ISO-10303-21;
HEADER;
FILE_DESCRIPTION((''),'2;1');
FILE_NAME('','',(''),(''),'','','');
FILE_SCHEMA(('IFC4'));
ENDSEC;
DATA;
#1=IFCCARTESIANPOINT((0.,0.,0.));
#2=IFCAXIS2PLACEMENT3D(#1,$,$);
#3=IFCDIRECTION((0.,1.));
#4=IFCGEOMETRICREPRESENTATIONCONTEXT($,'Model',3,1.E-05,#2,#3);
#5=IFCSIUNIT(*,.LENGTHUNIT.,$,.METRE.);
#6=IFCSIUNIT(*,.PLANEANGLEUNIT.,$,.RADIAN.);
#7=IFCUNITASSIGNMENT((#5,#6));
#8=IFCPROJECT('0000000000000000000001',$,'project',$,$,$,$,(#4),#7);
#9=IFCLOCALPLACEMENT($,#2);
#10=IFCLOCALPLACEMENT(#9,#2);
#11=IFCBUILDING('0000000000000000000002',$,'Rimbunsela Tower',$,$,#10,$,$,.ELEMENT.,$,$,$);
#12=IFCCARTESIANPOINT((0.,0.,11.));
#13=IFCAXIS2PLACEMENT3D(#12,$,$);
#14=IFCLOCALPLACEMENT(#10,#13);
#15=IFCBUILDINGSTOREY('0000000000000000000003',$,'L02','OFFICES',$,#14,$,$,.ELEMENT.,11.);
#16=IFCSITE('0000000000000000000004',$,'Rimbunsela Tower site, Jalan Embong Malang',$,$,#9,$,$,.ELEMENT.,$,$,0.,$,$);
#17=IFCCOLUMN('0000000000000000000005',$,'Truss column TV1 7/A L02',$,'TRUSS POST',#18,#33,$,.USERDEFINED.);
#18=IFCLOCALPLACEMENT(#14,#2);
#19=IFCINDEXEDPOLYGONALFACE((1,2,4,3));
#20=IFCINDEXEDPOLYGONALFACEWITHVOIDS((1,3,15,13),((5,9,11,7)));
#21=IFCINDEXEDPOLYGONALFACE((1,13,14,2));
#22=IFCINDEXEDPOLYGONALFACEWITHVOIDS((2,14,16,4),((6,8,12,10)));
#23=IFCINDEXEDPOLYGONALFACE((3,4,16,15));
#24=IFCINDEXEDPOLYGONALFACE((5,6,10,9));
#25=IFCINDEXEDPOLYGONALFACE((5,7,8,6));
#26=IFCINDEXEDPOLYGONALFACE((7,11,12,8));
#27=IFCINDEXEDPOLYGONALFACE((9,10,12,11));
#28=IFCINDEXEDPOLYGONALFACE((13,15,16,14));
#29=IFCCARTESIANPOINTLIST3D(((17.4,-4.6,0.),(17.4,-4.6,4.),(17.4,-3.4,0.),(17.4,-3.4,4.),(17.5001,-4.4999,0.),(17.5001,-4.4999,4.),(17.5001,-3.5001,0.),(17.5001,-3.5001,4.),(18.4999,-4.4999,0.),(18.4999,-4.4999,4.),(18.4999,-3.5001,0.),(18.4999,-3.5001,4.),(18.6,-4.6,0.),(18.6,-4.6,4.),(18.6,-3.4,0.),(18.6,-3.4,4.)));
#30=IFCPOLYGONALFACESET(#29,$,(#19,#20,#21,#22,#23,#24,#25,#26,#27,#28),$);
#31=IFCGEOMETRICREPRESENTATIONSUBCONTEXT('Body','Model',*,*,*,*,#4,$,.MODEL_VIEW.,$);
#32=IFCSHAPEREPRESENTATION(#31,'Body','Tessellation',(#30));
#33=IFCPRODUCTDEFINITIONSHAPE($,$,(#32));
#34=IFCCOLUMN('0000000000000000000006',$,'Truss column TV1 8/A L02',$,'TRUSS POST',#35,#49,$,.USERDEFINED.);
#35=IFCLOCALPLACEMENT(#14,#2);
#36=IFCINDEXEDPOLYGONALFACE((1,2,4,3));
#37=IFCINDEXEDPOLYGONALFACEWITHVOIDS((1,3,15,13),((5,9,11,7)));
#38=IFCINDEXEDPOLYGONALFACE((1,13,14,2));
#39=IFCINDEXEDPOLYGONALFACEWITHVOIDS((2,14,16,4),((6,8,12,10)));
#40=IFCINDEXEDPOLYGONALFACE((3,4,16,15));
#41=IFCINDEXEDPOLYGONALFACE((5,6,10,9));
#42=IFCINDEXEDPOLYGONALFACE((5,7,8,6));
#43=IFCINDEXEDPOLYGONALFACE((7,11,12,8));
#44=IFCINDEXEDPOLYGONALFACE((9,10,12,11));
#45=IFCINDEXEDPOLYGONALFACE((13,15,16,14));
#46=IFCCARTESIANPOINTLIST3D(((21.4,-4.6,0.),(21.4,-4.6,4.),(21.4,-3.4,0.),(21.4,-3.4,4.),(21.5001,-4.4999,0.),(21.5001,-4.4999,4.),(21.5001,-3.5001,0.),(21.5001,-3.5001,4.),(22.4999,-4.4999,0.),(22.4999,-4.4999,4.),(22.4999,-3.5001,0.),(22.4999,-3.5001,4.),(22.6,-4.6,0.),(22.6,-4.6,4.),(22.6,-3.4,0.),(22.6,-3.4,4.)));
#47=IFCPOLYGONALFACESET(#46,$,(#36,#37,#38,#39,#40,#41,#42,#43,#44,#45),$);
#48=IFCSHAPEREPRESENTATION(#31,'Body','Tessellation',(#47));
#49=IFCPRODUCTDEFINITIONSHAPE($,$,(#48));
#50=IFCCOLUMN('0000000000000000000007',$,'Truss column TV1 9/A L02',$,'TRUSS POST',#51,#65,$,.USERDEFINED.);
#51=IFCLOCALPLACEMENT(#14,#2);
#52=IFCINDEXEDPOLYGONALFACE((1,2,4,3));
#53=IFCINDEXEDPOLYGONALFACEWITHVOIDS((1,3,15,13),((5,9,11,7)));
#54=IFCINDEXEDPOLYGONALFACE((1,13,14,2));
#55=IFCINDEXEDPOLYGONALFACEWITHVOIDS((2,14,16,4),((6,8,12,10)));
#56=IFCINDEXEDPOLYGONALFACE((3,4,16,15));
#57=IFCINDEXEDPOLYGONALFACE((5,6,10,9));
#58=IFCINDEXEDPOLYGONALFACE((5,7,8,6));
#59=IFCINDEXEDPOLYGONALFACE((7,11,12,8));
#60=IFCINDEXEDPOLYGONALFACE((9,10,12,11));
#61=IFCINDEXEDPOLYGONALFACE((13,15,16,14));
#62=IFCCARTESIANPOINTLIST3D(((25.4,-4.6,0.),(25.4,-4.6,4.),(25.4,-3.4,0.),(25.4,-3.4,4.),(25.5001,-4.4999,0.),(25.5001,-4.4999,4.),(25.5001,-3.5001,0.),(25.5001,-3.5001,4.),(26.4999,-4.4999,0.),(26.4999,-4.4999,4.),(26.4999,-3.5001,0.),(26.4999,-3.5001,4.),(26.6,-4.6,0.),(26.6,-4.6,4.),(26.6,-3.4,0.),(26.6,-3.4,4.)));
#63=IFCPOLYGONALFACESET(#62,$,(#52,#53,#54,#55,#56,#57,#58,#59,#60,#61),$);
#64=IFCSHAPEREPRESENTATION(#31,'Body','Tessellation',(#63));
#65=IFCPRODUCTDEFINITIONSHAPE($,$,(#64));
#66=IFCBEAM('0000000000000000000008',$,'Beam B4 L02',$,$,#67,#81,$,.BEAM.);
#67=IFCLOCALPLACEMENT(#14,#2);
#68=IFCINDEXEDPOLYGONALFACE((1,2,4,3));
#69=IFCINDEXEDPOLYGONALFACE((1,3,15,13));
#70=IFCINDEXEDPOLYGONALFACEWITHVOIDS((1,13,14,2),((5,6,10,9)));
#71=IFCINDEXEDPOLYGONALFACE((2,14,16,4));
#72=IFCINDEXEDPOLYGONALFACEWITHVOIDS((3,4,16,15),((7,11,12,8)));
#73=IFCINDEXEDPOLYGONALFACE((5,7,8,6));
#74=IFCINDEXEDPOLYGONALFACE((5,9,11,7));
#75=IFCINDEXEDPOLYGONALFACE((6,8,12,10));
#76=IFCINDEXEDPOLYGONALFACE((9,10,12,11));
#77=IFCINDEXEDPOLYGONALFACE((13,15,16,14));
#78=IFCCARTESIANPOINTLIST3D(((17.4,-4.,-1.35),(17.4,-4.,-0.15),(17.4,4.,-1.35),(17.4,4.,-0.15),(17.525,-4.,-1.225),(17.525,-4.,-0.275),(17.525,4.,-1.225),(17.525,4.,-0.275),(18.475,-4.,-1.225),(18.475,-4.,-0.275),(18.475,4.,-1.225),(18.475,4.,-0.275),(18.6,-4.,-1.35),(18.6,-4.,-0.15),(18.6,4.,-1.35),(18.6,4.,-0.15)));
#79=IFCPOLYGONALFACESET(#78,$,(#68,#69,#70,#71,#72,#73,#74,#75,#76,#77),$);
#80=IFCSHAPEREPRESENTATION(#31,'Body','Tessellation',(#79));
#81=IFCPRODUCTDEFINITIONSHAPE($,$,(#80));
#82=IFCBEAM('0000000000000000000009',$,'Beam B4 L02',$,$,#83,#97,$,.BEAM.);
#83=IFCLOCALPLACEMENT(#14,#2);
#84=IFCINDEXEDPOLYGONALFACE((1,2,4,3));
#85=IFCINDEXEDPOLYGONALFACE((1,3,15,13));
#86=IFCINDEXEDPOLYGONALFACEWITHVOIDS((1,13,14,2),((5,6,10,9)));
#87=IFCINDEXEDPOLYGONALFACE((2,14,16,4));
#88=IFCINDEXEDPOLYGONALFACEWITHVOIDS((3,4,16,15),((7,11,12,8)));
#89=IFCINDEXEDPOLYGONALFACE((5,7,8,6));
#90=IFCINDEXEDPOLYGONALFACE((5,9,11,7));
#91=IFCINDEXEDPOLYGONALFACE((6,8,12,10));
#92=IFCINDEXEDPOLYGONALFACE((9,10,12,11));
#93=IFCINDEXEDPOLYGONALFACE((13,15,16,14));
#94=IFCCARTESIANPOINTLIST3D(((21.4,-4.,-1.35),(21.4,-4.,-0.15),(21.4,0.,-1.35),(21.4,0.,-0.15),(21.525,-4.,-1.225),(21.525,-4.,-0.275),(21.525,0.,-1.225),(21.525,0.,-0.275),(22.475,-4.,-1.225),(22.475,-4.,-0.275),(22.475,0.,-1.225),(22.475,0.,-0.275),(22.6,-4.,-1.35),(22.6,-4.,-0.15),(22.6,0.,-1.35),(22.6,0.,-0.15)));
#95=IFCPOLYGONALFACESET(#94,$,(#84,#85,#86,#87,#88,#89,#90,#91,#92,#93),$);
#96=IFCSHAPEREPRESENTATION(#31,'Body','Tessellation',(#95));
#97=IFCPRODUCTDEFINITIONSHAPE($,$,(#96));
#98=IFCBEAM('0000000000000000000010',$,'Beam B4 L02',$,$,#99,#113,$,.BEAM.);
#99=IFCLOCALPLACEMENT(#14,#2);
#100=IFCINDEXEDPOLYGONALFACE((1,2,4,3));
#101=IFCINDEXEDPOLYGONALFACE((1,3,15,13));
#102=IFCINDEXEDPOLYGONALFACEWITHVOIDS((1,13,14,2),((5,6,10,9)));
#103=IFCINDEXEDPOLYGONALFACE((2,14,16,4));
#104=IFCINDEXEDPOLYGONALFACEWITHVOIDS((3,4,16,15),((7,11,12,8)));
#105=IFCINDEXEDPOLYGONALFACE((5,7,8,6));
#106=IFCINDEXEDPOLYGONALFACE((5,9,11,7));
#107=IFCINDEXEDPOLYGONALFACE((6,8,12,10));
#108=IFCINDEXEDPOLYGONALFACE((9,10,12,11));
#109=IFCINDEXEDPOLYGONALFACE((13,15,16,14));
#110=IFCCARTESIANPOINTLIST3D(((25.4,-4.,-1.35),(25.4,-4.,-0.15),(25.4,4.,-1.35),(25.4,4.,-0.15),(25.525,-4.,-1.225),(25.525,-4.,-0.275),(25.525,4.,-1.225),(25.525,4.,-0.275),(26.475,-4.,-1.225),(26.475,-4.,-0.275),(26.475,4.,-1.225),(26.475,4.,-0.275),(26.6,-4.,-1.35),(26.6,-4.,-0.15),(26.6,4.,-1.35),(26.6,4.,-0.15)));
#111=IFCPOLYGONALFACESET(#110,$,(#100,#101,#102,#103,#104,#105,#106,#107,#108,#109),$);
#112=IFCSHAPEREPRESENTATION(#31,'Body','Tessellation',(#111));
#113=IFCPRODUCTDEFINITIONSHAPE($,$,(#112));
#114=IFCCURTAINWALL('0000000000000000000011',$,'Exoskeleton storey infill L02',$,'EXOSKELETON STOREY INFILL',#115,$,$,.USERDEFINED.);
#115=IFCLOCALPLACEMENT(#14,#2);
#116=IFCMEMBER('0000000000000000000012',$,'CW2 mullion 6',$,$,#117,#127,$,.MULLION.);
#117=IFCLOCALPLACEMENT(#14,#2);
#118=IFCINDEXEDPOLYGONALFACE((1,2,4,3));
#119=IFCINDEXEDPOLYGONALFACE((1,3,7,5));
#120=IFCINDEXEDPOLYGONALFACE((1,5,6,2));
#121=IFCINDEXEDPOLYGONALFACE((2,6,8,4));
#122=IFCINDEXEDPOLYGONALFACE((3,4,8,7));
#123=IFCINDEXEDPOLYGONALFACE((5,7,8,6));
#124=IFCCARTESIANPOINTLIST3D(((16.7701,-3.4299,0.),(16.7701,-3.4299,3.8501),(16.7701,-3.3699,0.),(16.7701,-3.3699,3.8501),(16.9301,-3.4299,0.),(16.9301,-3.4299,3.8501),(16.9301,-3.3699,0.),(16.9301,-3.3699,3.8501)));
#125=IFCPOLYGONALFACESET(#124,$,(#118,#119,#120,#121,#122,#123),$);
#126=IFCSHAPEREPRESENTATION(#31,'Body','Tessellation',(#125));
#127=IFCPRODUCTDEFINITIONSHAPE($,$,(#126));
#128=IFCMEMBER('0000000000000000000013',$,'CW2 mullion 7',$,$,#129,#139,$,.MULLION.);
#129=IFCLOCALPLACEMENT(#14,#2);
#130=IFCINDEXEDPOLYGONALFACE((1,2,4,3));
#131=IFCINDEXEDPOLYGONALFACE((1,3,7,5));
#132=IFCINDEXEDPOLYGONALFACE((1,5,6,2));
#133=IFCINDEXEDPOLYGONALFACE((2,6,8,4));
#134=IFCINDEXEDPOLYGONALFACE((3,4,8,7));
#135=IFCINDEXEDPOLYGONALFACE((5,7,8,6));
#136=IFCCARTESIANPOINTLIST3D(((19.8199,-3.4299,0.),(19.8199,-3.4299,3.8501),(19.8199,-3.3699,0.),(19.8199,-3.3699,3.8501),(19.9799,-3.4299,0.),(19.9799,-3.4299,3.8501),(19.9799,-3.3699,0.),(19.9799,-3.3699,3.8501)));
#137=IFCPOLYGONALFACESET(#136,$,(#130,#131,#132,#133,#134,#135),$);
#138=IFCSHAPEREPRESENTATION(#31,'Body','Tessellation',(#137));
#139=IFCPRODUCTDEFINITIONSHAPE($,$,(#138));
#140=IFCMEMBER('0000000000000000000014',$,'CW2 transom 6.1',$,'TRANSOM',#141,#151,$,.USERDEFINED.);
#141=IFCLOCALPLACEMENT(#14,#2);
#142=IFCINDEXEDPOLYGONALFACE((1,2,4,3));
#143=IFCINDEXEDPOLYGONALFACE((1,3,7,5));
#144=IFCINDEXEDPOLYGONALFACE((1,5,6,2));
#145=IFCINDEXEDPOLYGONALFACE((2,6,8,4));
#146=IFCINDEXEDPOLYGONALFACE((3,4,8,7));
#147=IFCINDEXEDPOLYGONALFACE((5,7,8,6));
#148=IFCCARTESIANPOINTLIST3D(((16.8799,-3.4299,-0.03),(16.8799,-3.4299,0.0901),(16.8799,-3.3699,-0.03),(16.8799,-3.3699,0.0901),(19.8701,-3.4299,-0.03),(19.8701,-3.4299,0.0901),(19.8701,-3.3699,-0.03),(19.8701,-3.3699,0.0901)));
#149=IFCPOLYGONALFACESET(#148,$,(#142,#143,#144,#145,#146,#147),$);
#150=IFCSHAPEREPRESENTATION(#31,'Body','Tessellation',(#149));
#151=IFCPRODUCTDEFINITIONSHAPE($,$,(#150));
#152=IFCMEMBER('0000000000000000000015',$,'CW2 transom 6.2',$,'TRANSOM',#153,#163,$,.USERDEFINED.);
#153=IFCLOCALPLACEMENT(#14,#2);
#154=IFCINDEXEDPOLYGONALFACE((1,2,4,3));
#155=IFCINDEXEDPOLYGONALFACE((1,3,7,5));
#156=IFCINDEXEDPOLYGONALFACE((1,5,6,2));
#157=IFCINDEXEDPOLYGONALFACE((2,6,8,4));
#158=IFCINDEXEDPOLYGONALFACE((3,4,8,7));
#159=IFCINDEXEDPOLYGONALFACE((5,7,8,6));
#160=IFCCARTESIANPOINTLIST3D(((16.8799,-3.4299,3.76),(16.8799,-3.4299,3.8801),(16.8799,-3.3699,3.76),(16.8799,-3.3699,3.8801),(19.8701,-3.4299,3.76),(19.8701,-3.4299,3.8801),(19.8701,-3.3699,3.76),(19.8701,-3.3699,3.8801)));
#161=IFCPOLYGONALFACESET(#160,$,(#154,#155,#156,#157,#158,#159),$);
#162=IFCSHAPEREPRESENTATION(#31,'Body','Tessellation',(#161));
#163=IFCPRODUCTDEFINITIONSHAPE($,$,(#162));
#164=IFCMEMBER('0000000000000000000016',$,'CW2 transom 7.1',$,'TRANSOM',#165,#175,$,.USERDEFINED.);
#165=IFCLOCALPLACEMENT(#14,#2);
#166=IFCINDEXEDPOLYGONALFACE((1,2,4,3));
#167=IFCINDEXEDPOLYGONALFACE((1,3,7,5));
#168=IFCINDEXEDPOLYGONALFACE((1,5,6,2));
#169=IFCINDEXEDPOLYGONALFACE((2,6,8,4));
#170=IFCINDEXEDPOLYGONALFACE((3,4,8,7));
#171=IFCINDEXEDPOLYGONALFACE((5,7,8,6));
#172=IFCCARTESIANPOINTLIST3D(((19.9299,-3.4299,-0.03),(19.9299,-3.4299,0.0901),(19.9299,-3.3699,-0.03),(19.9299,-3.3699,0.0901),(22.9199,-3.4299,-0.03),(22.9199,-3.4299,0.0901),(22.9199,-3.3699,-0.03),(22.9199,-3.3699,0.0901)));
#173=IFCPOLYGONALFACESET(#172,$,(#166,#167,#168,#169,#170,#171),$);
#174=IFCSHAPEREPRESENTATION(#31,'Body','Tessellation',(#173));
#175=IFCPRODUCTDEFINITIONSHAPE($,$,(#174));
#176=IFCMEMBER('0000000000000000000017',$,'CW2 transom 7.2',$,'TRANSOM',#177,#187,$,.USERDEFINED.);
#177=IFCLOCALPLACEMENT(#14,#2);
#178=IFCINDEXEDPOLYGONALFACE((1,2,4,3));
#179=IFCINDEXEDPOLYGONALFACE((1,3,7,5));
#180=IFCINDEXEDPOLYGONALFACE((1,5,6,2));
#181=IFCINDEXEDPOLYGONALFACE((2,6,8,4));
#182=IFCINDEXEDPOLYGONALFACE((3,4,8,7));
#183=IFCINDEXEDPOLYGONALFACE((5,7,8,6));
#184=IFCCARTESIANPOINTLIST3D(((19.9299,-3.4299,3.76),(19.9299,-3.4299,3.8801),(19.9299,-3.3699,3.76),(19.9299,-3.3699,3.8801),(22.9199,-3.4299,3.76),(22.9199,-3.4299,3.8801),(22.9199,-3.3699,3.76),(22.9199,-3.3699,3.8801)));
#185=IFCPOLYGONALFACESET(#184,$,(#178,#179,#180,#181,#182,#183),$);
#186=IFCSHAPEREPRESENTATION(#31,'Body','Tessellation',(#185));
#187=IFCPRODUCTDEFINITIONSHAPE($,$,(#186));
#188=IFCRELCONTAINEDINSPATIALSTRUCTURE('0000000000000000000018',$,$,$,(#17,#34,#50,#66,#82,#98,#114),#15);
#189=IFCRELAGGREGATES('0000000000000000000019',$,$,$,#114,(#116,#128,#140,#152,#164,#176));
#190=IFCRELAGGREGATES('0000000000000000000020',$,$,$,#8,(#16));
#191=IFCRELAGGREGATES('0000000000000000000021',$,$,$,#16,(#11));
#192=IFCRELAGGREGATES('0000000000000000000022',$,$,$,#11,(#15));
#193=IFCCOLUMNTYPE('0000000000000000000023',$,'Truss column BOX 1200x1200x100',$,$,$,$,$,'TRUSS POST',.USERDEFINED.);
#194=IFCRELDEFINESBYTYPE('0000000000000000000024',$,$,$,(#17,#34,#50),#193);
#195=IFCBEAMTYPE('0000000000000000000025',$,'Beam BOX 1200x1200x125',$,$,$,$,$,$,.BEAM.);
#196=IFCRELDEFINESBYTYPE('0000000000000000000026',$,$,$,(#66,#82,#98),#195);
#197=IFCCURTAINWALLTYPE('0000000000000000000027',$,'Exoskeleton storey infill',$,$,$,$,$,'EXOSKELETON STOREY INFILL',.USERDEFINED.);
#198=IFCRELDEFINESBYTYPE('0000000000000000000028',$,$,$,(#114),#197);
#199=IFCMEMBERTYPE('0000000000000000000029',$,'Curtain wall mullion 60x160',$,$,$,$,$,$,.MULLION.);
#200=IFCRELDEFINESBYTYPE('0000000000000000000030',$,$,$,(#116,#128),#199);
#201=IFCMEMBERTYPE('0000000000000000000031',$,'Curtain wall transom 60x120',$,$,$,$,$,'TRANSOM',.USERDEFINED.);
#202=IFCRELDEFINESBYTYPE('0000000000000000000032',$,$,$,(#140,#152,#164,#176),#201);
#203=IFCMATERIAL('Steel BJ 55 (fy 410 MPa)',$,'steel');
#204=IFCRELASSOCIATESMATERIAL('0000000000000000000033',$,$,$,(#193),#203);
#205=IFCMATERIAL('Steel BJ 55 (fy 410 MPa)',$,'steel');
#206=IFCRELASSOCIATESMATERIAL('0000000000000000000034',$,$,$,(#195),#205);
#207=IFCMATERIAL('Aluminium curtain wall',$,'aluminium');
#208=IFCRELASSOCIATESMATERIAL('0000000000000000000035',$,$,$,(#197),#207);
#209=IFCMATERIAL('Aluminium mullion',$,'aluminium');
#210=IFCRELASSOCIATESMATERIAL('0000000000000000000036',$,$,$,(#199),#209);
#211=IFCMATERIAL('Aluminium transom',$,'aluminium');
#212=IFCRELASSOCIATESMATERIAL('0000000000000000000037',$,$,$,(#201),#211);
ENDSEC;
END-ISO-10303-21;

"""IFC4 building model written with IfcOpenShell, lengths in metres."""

from ifc_helpers import new_model, si_unit, direction, frame, origin, origin_2d, place, context, subcontext, project, spatial, rectangle, hollow_rectangle, extrude, material, material_profile, profile_set, type_object, element, aggregate, save


model = new_model("IFC4")

# Units and contexts
model_context = context("Model", 3, precision=1e-05, world=origin(), true_north=direction((0.0, 1.0)))
body_context = subcontext(model_context, "Body", "Model", "MODEL_VIEW")
ifc_project = project(units=[si_unit("LENGTHUNIT", "METRE"), si_unit("PLANEANGLEUNIT", "RADIAN")], contexts=[model_context])

# Site, building, storey
site_placement = place(None, origin())
site = spatial("IfcSite", under=ifc_project, at=site_placement, Name="Rimbunsela Tower site, Jalan Embong Malang", CompositionType="ELEMENT", RefElevation=0.0)
building_placement = place(site_placement, origin())
building = spatial("IfcBuilding", under=site, at=building_placement, Name="Rimbunsela Tower", CompositionType="ELEMENT")
storey_placement = place(building_placement, frame((0.0, 0.0, 11.0)))
storey = spatial("IfcBuildingStorey", under=building, at=storey_placement, Name="L02", Description="OFFICES", CompositionType="ELEMENT", Elevation=11.0)

# Columns
ifc_material_1 = material(Name="Steel BJ 55 (fy 410 MPa)", Category="steel")
ifc_material_profile_1 = material_profile(ifc_material_1, hollow_rectangle(XDim=1.2, YDim=1.2, WallThickness=0.1001, at=origin_2d()), Name="BOX 1200x1200x100")
ifc_profile_set_1 = profile_set([ifc_material_profile_1], Name="Steel BJ 55 (fy 410 MPa)")
column_type = type_object("IfcColumnType", Name="Truss column BOX 1200x1200x100", ElementType="TRUSS POST", PredefinedType="USERDEFINED", material=ifc_profile_set_1)
for number, where, z_axis, x_axis, name in (
    (1, (18.0, -4.0, 0.0), (0.0, 0.0, 1.0), (1.0, 0.0, 0.0), "Truss column TV1 7/A L02"),
    (2, (22.0, -4.0, 0.0), (0.0, 0.0, 1.0), (1.0, 0.0, 0.0), "Truss column TV1 8/A L02"),
    (3, (26.0, -4.0, 0.0), (0.0, 0.0, 1.0), (1.0, 0.0, 0.0), "Truss column TV1 9/A L02"),
):
    element("IfcColumn", number, at=place(storey_placement, frame(where, z_axis=z_axis, x_axis=x_axis)), inside=storey, type_object=column_type, Name=name, ObjectType="TRUSS POST", PredefinedType="USERDEFINED", context=body_context, shape_type="SweptSolid", body=[
        extrude(hollow_rectangle(XDim=1.2, YDim=1.2, WallThickness=0.1001, at=origin_2d()), origin(), (0.0, 0.0, 1.0), 4.0),
    ])

# Beams
ifc_material_2 = material(Name="Steel BJ 55 (fy 410 MPa)", Category="steel")
ifc_material_profile_2 = material_profile(ifc_material_2, hollow_rectangle(XDim=1.2, YDim=1.2, WallThickness=0.125, at=origin_2d()), Name="BOX 1200x1200x125")
ifc_profile_set_2 = profile_set([ifc_material_profile_2], Name="Steel BJ 55 (fy 410 MPa)")
beam_type_1 = type_object("IfcBeamType", Name="Beam BOX 1200x1200x125", PredefinedType="BEAM", material=ifc_profile_set_2)
beam_1_placement = place(storey_placement, frame((18.0, -4.0, -0.75), z_axis=(0.0, 1.0, 0.0), x_axis=(-1.0, 0.0, 0.0)))
element("IfcBeam", 4, at=beam_1_placement, inside=storey, type_object=beam_type_1, Name="Beam B4 L02", PredefinedType="BEAM", context=body_context, shape_type="SweptSolid", body=[
    extrude(hollow_rectangle(XDim=1.2, YDim=1.2, WallThickness=0.125, at=origin_2d()), origin(), (0.0, 0.0, 1.0), 8.0),
])
beam_2_placement = place(storey_placement, frame((22.0, -4.0, -0.75), z_axis=(0.0, 1.0, 0.0), x_axis=(-1.0, 0.0, 0.0)))
element("IfcBeam", 5, at=beam_2_placement, inside=storey, type_object=beam_type_1, Name="Beam B4 L02", PredefinedType="BEAM", context=body_context, shape_type="SweptSolid", body=[
    extrude(hollow_rectangle(XDim=1.2, YDim=1.2, WallThickness=0.125, at=origin_2d()), origin(), (0.0, 0.0, 1.0), 4.0),
])
beam_3_placement = place(storey_placement, frame((26.0, -4.0, -0.75), z_axis=(0.0, 1.0, 0.0), x_axis=(-1.0, 0.0, 0.0)))
element("IfcBeam", 6, at=beam_3_placement, inside=storey, type_object=beam_type_1, Name="Beam B4 L02", PredefinedType="BEAM", context=body_context, shape_type="SweptSolid", body=[
    extrude(hollow_rectangle(XDim=1.2, YDim=1.2, WallThickness=0.125, at=origin_2d()), origin(), (0.0, 0.0, 1.0), 8.0),
])

# Curtain wall, members
ifc_material_3 = material(Name="Aluminium curtain wall", Category="aluminium")
curtain_wall_type = type_object("IfcCurtainWallType", Name="Exoskeleton storey infill", ElementType="EXOSKELETON STOREY INFILL", PredefinedType="USERDEFINED", material=ifc_material_3)
curtain_wall_placement = place(storey_placement, origin())
curtain_wall = element("IfcCurtainWall", 7, at=curtain_wall_placement, inside=storey, type_object=curtain_wall_type, Name="Exoskeleton storey infill L02", ObjectType="EXOSKELETON STOREY INFILL", PredefinedType="USERDEFINED")
ifc_material_4 = material(Name="Aluminium mullion", Category="aluminium")
ifc_material_profile_3 = material_profile(ifc_material_4, rectangle(XDim=0.0601, YDim=0.1599, at=origin_2d()), Name="Mullion 60x160")
ifc_profile_set_3 = profile_set([ifc_material_profile_3], Name="Aluminium mullion")
member_type_1 = type_object("IfcMemberType", Name="Curtain wall mullion 60x160", PredefinedType="MULLION", material=ifc_profile_set_3)
member_1_placement = place(storey_placement, frame((16.8501, -3.3999, 0.0), z_axis=(0.0, 0.0, 1.0), x_axis=(0.0, 1.0, 0.0)))
member_1 = element("IfcMember", 8, at=member_1_placement, type_object=member_type_1, Name="CW2 mullion 6", PredefinedType="MULLION", context=body_context, shape_type="SweptSolid", body=[
    extrude(rectangle(XDim=0.0601, YDim=0.1599, at=origin_2d()), origin(), (0.0, 0.0, 1.0), 3.8501),
])
member_2_placement = place(storey_placement, frame((19.8999, -3.3999, 0.0), z_axis=(0.0, 0.0, 1.0), x_axis=(0.0, 1.0, 0.0)))
member_2 = element("IfcMember", 9, at=member_2_placement, type_object=member_type_1, Name="CW2 mullion 7", PredefinedType="MULLION", context=body_context, shape_type="SweptSolid", body=[
    extrude(rectangle(XDim=0.0601, YDim=0.1599, at=origin_2d()), origin(), (0.0, 0.0, 1.0), 3.8501),
])
ifc_material_5 = material(Name="Aluminium transom", Category="aluminium")
ifc_material_profile_4 = material_profile(ifc_material_5, rectangle(XDim=0.0601, YDim=0.1201, at=origin_2d()), Name="Transom 60x120")
ifc_profile_set_4 = profile_set([ifc_material_profile_4], Name="Aluminium transom")
member_type_2 = type_object("IfcMemberType", Name="Curtain wall transom 60x120", ElementType="TRANSOM", PredefinedType="USERDEFINED", material=ifc_profile_set_4)
member_3_placement = place(storey_placement, frame((16.8799, -3.3999, 0.03), z_axis=(1.0, 0.0, 0.0), x_axis=(0.0, 1.0, 0.0)))
member_3 = element("IfcMember", 10, at=member_3_placement, type_object=member_type_2, Name="CW2 transom 6.1", ObjectType="TRANSOM", PredefinedType="USERDEFINED", context=body_context, shape_type="SweptSolid", body=[
    extrude(rectangle(XDim=0.0601, YDim=0.1201, at=origin_2d()), origin(), (0.0, 0.0, 1.0), 2.9902),
])
member_4_placement = place(storey_placement, frame((16.8799, -3.3999, 3.8201), z_axis=(1.0, 0.0, 0.0), x_axis=(0.0, 1.0, 0.0)))
member_4 = element("IfcMember", 11, at=member_4_placement, type_object=member_type_2, Name="CW2 transom 6.2", ObjectType="TRANSOM", PredefinedType="USERDEFINED", context=body_context, shape_type="SweptSolid", body=[
    extrude(rectangle(XDim=0.0601, YDim=0.1201, at=origin_2d()), origin(), (0.0, 0.0, 1.0), 2.9902),
])
member_5_placement = place(storey_placement, frame((19.9299, -3.3999, 0.03), z_axis=(1.0, 0.0, 0.0), x_axis=(0.0, 1.0, 0.0)))
member_5 = element("IfcMember", 12, at=member_5_placement, type_object=member_type_2, Name="CW2 transom 7.1", ObjectType="TRANSOM", PredefinedType="USERDEFINED", context=body_context, shape_type="SweptSolid", body=[
    extrude(rectangle(XDim=0.0601, YDim=0.1201, at=origin_2d()), origin(), (0.0, 0.0, 1.0), 2.99),
])
member_6_placement = place(storey_placement, frame((19.9299, -3.3999, 3.8201), z_axis=(1.0, 0.0, 0.0), x_axis=(0.0, 1.0, 0.0)))
member_6 = element("IfcMember", 13, at=member_6_placement, type_object=member_type_2, Name="CW2 transom 7.2", ObjectType="TRANSOM", PredefinedType="USERDEFINED", context=body_context, shape_type="SweptSolid", body=[
    extrude(rectangle(XDim=0.0601, YDim=0.1201, at=origin_2d()), origin(), (0.0, 0.0, 1.0), 2.99),
])

aggregate(curtain_wall, [member_1, member_2, member_3, member_4, member_5, member_6])

save(model, "model.ifc")
